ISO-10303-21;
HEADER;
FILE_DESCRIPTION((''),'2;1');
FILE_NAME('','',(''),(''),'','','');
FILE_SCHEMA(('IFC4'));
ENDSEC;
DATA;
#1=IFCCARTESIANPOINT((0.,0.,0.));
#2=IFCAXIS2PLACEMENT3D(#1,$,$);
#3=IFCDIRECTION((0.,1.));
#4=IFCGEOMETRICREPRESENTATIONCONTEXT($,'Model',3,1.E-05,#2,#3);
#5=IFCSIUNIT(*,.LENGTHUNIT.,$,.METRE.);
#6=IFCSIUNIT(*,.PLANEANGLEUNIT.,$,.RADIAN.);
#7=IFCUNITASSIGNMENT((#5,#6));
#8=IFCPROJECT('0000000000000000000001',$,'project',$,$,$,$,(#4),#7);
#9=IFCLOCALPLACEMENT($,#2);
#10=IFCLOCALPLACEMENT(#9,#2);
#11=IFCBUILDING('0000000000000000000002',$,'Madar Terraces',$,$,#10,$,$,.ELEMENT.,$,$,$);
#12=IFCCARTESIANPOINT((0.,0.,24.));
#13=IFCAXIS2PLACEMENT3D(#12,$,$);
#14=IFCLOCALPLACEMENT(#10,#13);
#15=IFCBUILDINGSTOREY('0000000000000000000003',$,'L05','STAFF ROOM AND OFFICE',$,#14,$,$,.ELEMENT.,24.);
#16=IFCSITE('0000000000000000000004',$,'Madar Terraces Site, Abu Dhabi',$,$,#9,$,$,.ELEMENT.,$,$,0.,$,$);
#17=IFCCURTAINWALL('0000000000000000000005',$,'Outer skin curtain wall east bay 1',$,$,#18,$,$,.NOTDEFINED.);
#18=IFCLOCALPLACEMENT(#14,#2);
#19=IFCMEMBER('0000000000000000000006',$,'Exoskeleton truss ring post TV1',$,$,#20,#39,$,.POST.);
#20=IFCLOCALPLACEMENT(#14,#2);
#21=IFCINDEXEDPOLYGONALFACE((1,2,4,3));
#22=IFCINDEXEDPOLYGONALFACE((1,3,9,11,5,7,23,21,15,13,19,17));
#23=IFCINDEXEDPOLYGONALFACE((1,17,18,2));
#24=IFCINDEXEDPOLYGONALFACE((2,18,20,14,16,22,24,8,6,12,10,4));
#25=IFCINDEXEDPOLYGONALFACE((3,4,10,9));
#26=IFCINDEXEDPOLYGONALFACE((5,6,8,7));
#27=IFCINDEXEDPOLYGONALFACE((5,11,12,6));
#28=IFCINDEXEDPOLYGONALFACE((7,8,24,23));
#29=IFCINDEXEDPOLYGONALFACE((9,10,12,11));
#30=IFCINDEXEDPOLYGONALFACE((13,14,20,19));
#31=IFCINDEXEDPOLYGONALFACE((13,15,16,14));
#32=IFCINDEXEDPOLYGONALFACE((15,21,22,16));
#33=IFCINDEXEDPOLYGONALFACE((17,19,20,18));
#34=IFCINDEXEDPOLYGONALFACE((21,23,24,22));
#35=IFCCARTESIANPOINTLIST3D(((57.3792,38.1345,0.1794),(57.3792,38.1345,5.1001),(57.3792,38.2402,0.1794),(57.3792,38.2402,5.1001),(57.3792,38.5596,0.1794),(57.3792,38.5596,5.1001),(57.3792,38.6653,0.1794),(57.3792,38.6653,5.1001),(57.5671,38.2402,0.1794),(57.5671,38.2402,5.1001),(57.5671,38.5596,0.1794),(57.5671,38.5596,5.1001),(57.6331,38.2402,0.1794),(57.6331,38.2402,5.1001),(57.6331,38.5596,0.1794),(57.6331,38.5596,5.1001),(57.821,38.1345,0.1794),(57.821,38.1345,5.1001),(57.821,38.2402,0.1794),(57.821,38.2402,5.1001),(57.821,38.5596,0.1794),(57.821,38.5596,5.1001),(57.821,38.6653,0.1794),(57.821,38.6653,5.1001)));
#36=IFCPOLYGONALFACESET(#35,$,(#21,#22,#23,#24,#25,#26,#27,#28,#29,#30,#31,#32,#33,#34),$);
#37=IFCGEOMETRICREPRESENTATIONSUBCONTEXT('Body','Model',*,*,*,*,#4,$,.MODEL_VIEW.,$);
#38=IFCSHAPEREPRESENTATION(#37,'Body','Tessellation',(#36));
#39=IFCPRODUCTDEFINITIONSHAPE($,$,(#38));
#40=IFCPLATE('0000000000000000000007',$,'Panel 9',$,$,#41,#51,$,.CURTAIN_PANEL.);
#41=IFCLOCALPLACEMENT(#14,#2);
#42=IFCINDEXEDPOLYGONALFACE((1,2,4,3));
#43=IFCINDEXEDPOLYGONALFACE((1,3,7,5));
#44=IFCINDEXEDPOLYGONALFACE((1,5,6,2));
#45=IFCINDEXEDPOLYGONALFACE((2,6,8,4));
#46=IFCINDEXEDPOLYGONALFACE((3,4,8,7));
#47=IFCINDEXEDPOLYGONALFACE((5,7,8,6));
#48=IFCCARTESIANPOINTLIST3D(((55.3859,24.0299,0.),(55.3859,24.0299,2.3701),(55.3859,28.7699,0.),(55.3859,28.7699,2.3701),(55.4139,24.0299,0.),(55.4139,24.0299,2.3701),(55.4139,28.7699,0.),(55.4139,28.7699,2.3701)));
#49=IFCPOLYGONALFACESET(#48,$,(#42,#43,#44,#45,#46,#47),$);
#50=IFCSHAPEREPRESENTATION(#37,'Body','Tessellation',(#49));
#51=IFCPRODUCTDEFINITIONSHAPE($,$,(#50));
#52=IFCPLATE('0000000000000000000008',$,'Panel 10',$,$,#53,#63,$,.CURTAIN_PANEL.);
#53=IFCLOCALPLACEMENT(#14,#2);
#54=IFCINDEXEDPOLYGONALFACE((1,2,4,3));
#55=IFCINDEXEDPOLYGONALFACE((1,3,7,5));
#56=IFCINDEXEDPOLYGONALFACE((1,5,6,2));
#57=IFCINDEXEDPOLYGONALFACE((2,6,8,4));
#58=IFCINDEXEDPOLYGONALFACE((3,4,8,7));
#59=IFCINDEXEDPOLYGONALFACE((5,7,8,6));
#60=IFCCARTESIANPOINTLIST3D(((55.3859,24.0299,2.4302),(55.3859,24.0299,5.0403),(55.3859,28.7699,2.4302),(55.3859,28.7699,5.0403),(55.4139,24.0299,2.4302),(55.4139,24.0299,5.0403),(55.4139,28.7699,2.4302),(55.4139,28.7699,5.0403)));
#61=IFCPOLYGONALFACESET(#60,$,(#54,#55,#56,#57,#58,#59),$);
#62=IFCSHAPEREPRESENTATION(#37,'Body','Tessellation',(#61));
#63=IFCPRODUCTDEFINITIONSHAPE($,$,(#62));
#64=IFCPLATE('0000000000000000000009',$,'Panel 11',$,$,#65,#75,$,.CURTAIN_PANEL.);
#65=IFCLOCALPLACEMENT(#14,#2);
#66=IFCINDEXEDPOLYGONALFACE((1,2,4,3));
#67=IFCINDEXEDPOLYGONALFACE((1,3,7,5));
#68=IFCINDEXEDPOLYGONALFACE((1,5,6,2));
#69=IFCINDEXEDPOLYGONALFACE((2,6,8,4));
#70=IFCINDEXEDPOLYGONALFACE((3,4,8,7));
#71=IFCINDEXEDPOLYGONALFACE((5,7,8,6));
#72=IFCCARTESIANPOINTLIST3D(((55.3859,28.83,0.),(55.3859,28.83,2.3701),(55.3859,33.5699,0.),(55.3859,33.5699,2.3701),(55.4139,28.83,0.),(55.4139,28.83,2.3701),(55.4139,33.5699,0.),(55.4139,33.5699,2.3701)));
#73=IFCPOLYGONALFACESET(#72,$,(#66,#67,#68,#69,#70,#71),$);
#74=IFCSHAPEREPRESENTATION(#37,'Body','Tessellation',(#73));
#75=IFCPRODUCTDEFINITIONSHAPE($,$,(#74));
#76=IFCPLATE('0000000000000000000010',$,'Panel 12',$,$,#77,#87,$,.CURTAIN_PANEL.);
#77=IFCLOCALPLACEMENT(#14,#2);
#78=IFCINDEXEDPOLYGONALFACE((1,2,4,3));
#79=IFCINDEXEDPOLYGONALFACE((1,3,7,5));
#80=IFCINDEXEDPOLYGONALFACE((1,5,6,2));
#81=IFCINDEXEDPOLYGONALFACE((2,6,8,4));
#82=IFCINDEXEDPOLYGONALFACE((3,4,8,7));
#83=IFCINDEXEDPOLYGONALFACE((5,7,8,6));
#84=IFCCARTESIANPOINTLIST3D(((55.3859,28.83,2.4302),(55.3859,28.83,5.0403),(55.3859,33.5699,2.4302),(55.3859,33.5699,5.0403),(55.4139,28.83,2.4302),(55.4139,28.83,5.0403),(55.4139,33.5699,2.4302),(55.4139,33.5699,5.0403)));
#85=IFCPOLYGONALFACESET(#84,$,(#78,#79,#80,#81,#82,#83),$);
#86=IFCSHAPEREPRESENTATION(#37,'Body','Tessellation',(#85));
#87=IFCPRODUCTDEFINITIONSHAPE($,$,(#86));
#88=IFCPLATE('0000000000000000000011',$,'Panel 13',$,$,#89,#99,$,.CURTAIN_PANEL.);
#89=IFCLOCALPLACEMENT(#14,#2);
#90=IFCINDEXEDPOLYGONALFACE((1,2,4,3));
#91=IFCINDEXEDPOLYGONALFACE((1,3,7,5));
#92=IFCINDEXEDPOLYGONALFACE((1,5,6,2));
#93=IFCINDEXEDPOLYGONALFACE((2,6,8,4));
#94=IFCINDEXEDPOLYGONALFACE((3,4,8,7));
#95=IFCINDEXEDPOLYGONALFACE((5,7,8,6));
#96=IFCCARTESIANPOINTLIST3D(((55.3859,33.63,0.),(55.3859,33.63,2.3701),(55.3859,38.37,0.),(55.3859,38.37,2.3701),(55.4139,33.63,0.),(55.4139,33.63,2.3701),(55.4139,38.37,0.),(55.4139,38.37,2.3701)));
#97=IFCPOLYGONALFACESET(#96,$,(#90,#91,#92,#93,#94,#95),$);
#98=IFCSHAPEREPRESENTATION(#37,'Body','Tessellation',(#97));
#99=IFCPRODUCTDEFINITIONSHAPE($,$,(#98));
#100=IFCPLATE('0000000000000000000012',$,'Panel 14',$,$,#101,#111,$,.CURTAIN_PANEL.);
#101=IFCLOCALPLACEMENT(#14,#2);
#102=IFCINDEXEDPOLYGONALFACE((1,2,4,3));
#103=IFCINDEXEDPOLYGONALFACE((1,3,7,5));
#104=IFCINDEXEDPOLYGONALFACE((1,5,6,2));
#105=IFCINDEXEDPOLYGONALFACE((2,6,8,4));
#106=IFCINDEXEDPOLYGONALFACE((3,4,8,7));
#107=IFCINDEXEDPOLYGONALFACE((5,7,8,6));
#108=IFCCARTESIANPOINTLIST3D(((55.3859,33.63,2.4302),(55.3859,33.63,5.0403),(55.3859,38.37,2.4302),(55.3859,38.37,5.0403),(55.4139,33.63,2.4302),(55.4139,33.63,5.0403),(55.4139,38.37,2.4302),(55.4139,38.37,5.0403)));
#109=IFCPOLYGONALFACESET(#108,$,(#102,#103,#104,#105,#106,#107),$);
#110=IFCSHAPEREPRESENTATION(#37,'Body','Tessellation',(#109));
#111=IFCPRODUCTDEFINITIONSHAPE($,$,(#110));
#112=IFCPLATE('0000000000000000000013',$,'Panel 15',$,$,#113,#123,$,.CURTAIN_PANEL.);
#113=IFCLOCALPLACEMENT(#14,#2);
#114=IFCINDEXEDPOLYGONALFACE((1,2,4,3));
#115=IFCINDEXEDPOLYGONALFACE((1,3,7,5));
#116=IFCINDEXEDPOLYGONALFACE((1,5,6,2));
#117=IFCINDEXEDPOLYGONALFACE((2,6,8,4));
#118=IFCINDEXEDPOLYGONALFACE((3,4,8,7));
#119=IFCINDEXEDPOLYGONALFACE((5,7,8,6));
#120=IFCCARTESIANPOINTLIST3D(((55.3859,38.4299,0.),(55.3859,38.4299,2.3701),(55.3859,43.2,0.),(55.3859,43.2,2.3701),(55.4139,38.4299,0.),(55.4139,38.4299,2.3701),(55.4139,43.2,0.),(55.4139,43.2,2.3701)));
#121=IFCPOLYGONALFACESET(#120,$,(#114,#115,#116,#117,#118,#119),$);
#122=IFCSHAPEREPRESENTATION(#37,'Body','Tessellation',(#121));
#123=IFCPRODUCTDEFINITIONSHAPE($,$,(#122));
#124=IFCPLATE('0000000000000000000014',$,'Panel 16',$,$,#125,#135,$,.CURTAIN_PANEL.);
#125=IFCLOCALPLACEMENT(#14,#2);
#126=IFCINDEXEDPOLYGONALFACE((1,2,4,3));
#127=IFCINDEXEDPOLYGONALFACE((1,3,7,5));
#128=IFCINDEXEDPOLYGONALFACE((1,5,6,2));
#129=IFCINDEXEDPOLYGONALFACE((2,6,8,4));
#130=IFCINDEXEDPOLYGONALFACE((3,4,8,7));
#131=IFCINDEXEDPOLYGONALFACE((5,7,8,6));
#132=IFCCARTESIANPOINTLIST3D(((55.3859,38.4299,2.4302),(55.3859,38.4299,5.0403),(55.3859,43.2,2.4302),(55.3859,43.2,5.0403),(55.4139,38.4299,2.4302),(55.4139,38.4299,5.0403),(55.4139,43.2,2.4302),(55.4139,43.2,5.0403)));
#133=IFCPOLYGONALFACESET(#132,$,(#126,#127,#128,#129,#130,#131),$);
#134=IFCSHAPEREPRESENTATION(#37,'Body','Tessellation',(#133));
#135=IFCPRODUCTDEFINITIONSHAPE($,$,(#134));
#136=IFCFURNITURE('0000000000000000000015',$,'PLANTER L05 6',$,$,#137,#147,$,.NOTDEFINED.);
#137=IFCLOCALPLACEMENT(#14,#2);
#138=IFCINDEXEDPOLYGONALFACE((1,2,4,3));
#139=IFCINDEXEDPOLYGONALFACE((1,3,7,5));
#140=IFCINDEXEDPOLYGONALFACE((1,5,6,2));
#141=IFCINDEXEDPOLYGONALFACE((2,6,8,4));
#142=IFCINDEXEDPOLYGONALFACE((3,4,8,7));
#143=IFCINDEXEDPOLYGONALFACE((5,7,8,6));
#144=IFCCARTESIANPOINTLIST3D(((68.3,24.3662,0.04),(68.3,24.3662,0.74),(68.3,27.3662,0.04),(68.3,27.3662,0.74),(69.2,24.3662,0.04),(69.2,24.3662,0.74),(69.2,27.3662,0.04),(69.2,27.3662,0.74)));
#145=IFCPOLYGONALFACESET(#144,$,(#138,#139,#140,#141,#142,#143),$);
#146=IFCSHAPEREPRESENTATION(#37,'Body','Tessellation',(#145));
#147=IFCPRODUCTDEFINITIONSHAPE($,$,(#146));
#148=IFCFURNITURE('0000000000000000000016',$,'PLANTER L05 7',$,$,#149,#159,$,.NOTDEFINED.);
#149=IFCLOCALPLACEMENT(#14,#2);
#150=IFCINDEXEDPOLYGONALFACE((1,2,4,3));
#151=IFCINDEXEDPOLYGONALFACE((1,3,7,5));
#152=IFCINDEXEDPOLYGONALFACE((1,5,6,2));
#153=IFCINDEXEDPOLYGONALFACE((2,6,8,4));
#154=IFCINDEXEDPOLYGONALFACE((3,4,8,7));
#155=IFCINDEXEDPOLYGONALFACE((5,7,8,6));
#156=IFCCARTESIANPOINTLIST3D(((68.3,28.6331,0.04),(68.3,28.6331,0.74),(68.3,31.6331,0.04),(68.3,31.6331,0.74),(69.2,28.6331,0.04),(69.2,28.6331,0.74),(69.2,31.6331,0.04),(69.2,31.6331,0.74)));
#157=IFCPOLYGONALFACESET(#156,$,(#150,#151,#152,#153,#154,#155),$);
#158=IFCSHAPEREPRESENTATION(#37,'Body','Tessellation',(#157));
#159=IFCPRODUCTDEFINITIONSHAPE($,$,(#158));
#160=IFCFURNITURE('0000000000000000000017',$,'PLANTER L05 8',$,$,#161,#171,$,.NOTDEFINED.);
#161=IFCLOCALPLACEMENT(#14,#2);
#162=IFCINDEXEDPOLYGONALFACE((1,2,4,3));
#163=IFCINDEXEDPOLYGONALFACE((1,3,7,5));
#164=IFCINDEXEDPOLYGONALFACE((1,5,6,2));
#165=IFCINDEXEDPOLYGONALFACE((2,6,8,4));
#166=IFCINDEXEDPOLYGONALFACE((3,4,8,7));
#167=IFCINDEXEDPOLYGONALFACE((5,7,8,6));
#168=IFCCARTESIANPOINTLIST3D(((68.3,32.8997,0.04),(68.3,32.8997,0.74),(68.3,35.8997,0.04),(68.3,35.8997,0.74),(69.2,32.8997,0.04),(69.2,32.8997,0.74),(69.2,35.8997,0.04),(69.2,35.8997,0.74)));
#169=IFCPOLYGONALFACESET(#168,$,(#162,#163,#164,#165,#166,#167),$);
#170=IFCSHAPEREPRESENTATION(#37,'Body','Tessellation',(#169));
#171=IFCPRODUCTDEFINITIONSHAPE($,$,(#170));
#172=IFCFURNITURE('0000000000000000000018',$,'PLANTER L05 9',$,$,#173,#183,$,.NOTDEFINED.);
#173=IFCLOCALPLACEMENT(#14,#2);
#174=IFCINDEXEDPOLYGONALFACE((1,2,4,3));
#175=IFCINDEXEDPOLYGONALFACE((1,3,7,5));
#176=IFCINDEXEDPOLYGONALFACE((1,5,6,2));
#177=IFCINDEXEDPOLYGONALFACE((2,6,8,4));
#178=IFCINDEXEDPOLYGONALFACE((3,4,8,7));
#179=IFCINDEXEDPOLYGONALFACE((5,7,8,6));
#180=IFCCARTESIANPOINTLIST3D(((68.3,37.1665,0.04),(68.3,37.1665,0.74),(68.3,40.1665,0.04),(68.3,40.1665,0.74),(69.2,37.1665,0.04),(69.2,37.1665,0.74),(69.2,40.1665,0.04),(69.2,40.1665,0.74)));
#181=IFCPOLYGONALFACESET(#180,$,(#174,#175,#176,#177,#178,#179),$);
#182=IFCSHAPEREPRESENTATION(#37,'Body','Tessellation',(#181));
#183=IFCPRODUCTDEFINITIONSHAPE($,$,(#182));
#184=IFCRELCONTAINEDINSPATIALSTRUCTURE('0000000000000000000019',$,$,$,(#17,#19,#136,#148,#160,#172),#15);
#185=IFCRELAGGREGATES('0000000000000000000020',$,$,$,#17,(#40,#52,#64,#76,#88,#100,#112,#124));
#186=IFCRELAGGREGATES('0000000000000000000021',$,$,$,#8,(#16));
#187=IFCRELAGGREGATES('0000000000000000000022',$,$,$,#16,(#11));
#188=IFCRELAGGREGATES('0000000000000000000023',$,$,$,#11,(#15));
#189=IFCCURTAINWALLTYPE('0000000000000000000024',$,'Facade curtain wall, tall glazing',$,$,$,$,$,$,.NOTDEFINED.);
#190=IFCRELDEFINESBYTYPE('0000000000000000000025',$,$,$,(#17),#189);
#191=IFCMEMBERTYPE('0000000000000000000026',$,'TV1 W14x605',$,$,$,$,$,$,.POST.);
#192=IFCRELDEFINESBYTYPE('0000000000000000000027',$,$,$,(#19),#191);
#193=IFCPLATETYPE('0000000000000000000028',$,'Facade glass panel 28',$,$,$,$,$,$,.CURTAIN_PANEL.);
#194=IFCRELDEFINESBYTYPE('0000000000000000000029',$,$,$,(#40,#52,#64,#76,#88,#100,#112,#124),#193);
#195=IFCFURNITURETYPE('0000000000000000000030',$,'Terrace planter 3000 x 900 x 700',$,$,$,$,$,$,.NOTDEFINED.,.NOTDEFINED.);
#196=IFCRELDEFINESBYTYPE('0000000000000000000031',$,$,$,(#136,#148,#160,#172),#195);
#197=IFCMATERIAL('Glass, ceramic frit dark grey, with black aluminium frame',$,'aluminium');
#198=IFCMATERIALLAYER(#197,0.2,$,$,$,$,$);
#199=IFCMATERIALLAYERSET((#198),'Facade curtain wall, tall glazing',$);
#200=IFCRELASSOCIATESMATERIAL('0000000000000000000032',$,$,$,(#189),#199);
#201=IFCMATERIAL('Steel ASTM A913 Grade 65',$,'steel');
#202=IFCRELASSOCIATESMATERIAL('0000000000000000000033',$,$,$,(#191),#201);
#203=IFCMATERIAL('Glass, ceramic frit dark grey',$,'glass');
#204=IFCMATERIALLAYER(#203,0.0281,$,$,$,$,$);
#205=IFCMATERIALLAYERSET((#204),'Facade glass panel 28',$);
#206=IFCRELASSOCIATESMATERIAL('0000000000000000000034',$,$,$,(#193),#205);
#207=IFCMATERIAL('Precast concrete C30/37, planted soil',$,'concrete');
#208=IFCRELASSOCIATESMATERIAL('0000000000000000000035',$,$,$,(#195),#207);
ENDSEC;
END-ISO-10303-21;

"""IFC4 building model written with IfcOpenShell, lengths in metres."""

from ifc_helpers import new_model, si_unit, direction, frame, origin, origin_2d, place, context, subcontext, project, spatial, rectangle, i_section, extrude, material, layer, layer_set, material_profile, profile_set, type_object, element, aggregate, save


model = new_model("IFC4")

# Units and contexts
model_context = context("Model", 3, precision=1e-05, world=origin(), true_north=direction((0.0, 1.0)))
body_context = subcontext(model_context, "Body", "Model", "MODEL_VIEW")
ifc_project = project(units=[si_unit("LENGTHUNIT", "METRE"), si_unit("PLANEANGLEUNIT", "RADIAN")], contexts=[model_context])

# Site, building, storey
site_placement = place(None, origin())
site = spatial("IfcSite", under=ifc_project, at=site_placement, Name="Madar Terraces Site, Abu Dhabi", CompositionType="ELEMENT", RefElevation=0.0)
building_placement = place(site_placement, origin())
building = spatial("IfcBuilding", under=site, at=building_placement, Name="Madar Terraces", CompositionType="ELEMENT")
storey_placement = place(building_placement, frame((0.0, 0.0, 24.0)))
storey = spatial("IfcBuildingStorey", under=building, at=storey_placement, Name="L05", Description="STAFF ROOM AND OFFICE", CompositionType="ELEMENT", Elevation=24.0)

# Curtain wall
ifc_material_1 = material(Name="Glass, ceramic frit dark grey, with black aluminium frame", Category="aluminium")
ifc_layer_1 = layer(ifc_material_1, 0.2)
ifc_layer_set_1 = layer_set([ifc_layer_1], Name="Facade curtain wall, tall glazing")
curtain_wall_type = type_object("IfcCurtainWallType", Name="Facade curtain wall, tall glazing", PredefinedType="NOTDEFINED", material=ifc_layer_set_1)
curtain_wall_placement = place(storey_placement, origin())
curtain_wall = element("IfcCurtainWall", 1, at=curtain_wall_placement, inside=storey, type_object=curtain_wall_type, Name="Outer skin curtain wall east bay 1", PredefinedType="NOTDEFINED")

# Member
ifc_material_2 = material(Name="Steel ASTM A913 Grade 65", Category="steel")
ifc_material_profile_1 = material_profile(ifc_material_2, i_section(OverallWidth=0.4419, OverallDepth=0.5308, WebThickness=0.0659, FlangeThickness=0.1057, at=origin_2d()), Name="W14x605")
ifc_profile_set_1 = profile_set([ifc_material_profile_1], Name="Steel ASTM A913 Grade 65")
member_type_1 = type_object("IfcMemberType", Name="TV1 W14x605", PredefinedType="POST", material=ifc_profile_set_1)
member_1_placement = place(storey_placement, frame((57.6001, 38.3999, 0.1794), z_axis=(0.0, 0.0, 1.0), x_axis=(-1.0, 0.0, 0.0)))
element("IfcMember", 2, at=member_1_placement, inside=storey, type_object=member_type_1, Name="Exoskeleton truss ring post TV1", PredefinedType="POST", context=body_context, shape_type="SweptSolid", body=[
    extrude(i_section(OverallWidth=0.4419, OverallDepth=0.5308, WebThickness=0.0659, FlangeThickness=0.1057, at=origin_2d()), origin(), (0.0, 0.0, 1.0), 4.9207),
])

# Plates
ifc_material_3 = material(Name="Glass, ceramic frit dark grey", Category="glass")
ifc_layer_2 = layer(ifc_material_3, 0.0281)
ifc_layer_set_2 = layer_set([ifc_layer_2], Name="Facade glass panel 28")
plate_type = type_object("IfcPlateType", Name="Facade glass panel 28", PredefinedType="CURTAIN_PANEL", material=ifc_layer_set_2)
plate_1_placement = place(storey_placement, frame((55.3999, 26.3999, 0.0), z_axis=(0.0, 0.0, 1.0), x_axis=(0.0, 1.0, 0.0)))
plate_1 = element("IfcPlate", 3, at=plate_1_placement, type_object=plate_type, Name="Panel 9", PredefinedType="CURTAIN_PANEL", context=body_context, shape_type="SweptSolid", body=[
    extrude(rectangle(XDim=4.74, YDim=0.0281, at=origin_2d()), origin(), (0.0, 0.0, 1.0), 2.3701),
])
plate_2_placement = place(storey_placement, frame((55.3999, 26.3999, 2.4302), z_axis=(0.0, 0.0, 1.0), x_axis=(0.0, 1.0, 0.0)))
plate_2 = element("IfcPlate", 4, at=plate_2_placement, type_object=plate_type, Name="Panel 10", PredefinedType="CURTAIN_PANEL", context=body_context, shape_type="SweptSolid", body=[
    extrude(rectangle(XDim=4.74, YDim=0.0281, at=origin_2d()), origin(), (0.0, 0.0, 1.0), 2.6101),
])
plate_3_placement = place(storey_placement, frame((55.3999, 31.2, 0.0), z_axis=(0.0, 0.0, 1.0), x_axis=(0.0, 1.0, 0.0)))
plate_3 = element("IfcPlate", 5, at=plate_3_placement, type_object=plate_type, Name="Panel 11", PredefinedType="CURTAIN_PANEL", context=body_context, shape_type="SweptSolid", body=[
    extrude(rectangle(XDim=4.74, YDim=0.0281, at=origin_2d()), origin(), (0.0, 0.0, 1.0), 2.3701),
])
plate_4_placement = place(storey_placement, frame((55.3999, 31.2, 2.4302), z_axis=(0.0, 0.0, 1.0), x_axis=(0.0, 1.0, 0.0)))
plate_4 = element("IfcPlate", 6, at=plate_4_placement, type_object=plate_type, Name="Panel 12", PredefinedType="CURTAIN_PANEL", context=body_context, shape_type="SweptSolid", body=[
    extrude(rectangle(XDim=4.74, YDim=0.0281, at=origin_2d()), origin(), (0.0, 0.0, 1.0), 2.6101),
])
plate_5_placement = place(storey_placement, frame((55.3999, 36.0, 0.0), z_axis=(0.0, 0.0, 1.0), x_axis=(0.0, 1.0, 0.0)))
plate_5 = element("IfcPlate", 7, at=plate_5_placement, type_object=plate_type, Name="Panel 13", PredefinedType="CURTAIN_PANEL", context=body_context, shape_type="SweptSolid", body=[
    extrude(rectangle(XDim=4.74, YDim=0.0281, at=origin_2d()), origin(), (0.0, 0.0, 1.0), 2.3701),
])
plate_6_placement = place(storey_placement, frame((55.3999, 36.0, 2.4302), z_axis=(0.0, 0.0, 1.0), x_axis=(0.0, 1.0, 0.0)))
plate_6 = element("IfcPlate", 8, at=plate_6_placement, type_object=plate_type, Name="Panel 14", PredefinedType="CURTAIN_PANEL", context=body_context, shape_type="SweptSolid", body=[
    extrude(rectangle(XDim=4.74, YDim=0.0281, at=origin_2d()), origin(), (0.0, 0.0, 1.0), 2.6101),
])
plate_7_placement = place(storey_placement, frame((55.3999, 40.8149, 0.0), z_axis=(0.0, 0.0, 1.0), x_axis=(0.0, 1.0, 0.0)))
plate_7 = element("IfcPlate", 9, at=plate_7_placement, type_object=plate_type, Name="Panel 15", PredefinedType="CURTAIN_PANEL", context=body_context, shape_type="SweptSolid", body=[
    extrude(rectangle(XDim=4.77, YDim=0.0281, at=origin_2d()), origin(), (0.0, 0.0, 1.0), 2.3701),
])
plate_8_placement = place(storey_placement, frame((55.3999, 40.8149, 2.4302), z_axis=(0.0, 0.0, 1.0), x_axis=(0.0, 1.0, 0.0)))
plate_8 = element("IfcPlate", 10, at=plate_8_placement, type_object=plate_type, Name="Panel 16", PredefinedType="CURTAIN_PANEL", context=body_context, shape_type="SweptSolid", body=[
    extrude(rectangle(XDim=4.77, YDim=0.0281, at=origin_2d()), origin(), (0.0, 0.0, 1.0), 2.6101),
])
aggregate(curtain_wall, [plate_1, plate_2, plate_3, plate_4, plate_5, plate_6, plate_7, plate_8])

# Furniture
ifc_material_4 = material(Name="Precast concrete C30/37, planted soil", Category="concrete")
furniture_type = type_object("IfcFurnitureType", Name="Terrace planter 3000 x 900 x 700", AssemblyPlace="NOTDEFINED", PredefinedType="NOTDEFINED", material=ifc_material_4)
for number, where, z_axis, x_axis, name in (
    (11, (68.75, 25.8662, 0.04), (0.0, 0.0, 1.0), (0.0, 1.0, 0.0), "PLANTER L05 6"),
    (12, (68.75, 30.1331, 0.04), (0.0, 0.0, 1.0), (0.0, 1.0, 0.0), "PLANTER L05 7"),
    (13, (68.75, 34.3997, 0.04), (0.0, 0.0, 1.0), (0.0, 1.0, 0.0), "PLANTER L05 8"),
    (14, (68.75, 38.6665, 0.04), (0.0, 0.0, 1.0), (0.0, 1.0, 0.0), "PLANTER L05 9"),
):
    element("IfcFurniture", number, at=place(storey_placement, frame(where, z_axis=z_axis, x_axis=x_axis)), inside=storey, type_object=furniture_type, Name=name, PredefinedType="NOTDEFINED", context=body_context, shape_type="SweptSolid", body=[
        extrude(rectangle(XDim=3.0, YDim=0.8999, at=origin_2d()), origin(), (0.0, 0.0, 1.0), 0.7),
    ])

save(model, "model.ifc")
